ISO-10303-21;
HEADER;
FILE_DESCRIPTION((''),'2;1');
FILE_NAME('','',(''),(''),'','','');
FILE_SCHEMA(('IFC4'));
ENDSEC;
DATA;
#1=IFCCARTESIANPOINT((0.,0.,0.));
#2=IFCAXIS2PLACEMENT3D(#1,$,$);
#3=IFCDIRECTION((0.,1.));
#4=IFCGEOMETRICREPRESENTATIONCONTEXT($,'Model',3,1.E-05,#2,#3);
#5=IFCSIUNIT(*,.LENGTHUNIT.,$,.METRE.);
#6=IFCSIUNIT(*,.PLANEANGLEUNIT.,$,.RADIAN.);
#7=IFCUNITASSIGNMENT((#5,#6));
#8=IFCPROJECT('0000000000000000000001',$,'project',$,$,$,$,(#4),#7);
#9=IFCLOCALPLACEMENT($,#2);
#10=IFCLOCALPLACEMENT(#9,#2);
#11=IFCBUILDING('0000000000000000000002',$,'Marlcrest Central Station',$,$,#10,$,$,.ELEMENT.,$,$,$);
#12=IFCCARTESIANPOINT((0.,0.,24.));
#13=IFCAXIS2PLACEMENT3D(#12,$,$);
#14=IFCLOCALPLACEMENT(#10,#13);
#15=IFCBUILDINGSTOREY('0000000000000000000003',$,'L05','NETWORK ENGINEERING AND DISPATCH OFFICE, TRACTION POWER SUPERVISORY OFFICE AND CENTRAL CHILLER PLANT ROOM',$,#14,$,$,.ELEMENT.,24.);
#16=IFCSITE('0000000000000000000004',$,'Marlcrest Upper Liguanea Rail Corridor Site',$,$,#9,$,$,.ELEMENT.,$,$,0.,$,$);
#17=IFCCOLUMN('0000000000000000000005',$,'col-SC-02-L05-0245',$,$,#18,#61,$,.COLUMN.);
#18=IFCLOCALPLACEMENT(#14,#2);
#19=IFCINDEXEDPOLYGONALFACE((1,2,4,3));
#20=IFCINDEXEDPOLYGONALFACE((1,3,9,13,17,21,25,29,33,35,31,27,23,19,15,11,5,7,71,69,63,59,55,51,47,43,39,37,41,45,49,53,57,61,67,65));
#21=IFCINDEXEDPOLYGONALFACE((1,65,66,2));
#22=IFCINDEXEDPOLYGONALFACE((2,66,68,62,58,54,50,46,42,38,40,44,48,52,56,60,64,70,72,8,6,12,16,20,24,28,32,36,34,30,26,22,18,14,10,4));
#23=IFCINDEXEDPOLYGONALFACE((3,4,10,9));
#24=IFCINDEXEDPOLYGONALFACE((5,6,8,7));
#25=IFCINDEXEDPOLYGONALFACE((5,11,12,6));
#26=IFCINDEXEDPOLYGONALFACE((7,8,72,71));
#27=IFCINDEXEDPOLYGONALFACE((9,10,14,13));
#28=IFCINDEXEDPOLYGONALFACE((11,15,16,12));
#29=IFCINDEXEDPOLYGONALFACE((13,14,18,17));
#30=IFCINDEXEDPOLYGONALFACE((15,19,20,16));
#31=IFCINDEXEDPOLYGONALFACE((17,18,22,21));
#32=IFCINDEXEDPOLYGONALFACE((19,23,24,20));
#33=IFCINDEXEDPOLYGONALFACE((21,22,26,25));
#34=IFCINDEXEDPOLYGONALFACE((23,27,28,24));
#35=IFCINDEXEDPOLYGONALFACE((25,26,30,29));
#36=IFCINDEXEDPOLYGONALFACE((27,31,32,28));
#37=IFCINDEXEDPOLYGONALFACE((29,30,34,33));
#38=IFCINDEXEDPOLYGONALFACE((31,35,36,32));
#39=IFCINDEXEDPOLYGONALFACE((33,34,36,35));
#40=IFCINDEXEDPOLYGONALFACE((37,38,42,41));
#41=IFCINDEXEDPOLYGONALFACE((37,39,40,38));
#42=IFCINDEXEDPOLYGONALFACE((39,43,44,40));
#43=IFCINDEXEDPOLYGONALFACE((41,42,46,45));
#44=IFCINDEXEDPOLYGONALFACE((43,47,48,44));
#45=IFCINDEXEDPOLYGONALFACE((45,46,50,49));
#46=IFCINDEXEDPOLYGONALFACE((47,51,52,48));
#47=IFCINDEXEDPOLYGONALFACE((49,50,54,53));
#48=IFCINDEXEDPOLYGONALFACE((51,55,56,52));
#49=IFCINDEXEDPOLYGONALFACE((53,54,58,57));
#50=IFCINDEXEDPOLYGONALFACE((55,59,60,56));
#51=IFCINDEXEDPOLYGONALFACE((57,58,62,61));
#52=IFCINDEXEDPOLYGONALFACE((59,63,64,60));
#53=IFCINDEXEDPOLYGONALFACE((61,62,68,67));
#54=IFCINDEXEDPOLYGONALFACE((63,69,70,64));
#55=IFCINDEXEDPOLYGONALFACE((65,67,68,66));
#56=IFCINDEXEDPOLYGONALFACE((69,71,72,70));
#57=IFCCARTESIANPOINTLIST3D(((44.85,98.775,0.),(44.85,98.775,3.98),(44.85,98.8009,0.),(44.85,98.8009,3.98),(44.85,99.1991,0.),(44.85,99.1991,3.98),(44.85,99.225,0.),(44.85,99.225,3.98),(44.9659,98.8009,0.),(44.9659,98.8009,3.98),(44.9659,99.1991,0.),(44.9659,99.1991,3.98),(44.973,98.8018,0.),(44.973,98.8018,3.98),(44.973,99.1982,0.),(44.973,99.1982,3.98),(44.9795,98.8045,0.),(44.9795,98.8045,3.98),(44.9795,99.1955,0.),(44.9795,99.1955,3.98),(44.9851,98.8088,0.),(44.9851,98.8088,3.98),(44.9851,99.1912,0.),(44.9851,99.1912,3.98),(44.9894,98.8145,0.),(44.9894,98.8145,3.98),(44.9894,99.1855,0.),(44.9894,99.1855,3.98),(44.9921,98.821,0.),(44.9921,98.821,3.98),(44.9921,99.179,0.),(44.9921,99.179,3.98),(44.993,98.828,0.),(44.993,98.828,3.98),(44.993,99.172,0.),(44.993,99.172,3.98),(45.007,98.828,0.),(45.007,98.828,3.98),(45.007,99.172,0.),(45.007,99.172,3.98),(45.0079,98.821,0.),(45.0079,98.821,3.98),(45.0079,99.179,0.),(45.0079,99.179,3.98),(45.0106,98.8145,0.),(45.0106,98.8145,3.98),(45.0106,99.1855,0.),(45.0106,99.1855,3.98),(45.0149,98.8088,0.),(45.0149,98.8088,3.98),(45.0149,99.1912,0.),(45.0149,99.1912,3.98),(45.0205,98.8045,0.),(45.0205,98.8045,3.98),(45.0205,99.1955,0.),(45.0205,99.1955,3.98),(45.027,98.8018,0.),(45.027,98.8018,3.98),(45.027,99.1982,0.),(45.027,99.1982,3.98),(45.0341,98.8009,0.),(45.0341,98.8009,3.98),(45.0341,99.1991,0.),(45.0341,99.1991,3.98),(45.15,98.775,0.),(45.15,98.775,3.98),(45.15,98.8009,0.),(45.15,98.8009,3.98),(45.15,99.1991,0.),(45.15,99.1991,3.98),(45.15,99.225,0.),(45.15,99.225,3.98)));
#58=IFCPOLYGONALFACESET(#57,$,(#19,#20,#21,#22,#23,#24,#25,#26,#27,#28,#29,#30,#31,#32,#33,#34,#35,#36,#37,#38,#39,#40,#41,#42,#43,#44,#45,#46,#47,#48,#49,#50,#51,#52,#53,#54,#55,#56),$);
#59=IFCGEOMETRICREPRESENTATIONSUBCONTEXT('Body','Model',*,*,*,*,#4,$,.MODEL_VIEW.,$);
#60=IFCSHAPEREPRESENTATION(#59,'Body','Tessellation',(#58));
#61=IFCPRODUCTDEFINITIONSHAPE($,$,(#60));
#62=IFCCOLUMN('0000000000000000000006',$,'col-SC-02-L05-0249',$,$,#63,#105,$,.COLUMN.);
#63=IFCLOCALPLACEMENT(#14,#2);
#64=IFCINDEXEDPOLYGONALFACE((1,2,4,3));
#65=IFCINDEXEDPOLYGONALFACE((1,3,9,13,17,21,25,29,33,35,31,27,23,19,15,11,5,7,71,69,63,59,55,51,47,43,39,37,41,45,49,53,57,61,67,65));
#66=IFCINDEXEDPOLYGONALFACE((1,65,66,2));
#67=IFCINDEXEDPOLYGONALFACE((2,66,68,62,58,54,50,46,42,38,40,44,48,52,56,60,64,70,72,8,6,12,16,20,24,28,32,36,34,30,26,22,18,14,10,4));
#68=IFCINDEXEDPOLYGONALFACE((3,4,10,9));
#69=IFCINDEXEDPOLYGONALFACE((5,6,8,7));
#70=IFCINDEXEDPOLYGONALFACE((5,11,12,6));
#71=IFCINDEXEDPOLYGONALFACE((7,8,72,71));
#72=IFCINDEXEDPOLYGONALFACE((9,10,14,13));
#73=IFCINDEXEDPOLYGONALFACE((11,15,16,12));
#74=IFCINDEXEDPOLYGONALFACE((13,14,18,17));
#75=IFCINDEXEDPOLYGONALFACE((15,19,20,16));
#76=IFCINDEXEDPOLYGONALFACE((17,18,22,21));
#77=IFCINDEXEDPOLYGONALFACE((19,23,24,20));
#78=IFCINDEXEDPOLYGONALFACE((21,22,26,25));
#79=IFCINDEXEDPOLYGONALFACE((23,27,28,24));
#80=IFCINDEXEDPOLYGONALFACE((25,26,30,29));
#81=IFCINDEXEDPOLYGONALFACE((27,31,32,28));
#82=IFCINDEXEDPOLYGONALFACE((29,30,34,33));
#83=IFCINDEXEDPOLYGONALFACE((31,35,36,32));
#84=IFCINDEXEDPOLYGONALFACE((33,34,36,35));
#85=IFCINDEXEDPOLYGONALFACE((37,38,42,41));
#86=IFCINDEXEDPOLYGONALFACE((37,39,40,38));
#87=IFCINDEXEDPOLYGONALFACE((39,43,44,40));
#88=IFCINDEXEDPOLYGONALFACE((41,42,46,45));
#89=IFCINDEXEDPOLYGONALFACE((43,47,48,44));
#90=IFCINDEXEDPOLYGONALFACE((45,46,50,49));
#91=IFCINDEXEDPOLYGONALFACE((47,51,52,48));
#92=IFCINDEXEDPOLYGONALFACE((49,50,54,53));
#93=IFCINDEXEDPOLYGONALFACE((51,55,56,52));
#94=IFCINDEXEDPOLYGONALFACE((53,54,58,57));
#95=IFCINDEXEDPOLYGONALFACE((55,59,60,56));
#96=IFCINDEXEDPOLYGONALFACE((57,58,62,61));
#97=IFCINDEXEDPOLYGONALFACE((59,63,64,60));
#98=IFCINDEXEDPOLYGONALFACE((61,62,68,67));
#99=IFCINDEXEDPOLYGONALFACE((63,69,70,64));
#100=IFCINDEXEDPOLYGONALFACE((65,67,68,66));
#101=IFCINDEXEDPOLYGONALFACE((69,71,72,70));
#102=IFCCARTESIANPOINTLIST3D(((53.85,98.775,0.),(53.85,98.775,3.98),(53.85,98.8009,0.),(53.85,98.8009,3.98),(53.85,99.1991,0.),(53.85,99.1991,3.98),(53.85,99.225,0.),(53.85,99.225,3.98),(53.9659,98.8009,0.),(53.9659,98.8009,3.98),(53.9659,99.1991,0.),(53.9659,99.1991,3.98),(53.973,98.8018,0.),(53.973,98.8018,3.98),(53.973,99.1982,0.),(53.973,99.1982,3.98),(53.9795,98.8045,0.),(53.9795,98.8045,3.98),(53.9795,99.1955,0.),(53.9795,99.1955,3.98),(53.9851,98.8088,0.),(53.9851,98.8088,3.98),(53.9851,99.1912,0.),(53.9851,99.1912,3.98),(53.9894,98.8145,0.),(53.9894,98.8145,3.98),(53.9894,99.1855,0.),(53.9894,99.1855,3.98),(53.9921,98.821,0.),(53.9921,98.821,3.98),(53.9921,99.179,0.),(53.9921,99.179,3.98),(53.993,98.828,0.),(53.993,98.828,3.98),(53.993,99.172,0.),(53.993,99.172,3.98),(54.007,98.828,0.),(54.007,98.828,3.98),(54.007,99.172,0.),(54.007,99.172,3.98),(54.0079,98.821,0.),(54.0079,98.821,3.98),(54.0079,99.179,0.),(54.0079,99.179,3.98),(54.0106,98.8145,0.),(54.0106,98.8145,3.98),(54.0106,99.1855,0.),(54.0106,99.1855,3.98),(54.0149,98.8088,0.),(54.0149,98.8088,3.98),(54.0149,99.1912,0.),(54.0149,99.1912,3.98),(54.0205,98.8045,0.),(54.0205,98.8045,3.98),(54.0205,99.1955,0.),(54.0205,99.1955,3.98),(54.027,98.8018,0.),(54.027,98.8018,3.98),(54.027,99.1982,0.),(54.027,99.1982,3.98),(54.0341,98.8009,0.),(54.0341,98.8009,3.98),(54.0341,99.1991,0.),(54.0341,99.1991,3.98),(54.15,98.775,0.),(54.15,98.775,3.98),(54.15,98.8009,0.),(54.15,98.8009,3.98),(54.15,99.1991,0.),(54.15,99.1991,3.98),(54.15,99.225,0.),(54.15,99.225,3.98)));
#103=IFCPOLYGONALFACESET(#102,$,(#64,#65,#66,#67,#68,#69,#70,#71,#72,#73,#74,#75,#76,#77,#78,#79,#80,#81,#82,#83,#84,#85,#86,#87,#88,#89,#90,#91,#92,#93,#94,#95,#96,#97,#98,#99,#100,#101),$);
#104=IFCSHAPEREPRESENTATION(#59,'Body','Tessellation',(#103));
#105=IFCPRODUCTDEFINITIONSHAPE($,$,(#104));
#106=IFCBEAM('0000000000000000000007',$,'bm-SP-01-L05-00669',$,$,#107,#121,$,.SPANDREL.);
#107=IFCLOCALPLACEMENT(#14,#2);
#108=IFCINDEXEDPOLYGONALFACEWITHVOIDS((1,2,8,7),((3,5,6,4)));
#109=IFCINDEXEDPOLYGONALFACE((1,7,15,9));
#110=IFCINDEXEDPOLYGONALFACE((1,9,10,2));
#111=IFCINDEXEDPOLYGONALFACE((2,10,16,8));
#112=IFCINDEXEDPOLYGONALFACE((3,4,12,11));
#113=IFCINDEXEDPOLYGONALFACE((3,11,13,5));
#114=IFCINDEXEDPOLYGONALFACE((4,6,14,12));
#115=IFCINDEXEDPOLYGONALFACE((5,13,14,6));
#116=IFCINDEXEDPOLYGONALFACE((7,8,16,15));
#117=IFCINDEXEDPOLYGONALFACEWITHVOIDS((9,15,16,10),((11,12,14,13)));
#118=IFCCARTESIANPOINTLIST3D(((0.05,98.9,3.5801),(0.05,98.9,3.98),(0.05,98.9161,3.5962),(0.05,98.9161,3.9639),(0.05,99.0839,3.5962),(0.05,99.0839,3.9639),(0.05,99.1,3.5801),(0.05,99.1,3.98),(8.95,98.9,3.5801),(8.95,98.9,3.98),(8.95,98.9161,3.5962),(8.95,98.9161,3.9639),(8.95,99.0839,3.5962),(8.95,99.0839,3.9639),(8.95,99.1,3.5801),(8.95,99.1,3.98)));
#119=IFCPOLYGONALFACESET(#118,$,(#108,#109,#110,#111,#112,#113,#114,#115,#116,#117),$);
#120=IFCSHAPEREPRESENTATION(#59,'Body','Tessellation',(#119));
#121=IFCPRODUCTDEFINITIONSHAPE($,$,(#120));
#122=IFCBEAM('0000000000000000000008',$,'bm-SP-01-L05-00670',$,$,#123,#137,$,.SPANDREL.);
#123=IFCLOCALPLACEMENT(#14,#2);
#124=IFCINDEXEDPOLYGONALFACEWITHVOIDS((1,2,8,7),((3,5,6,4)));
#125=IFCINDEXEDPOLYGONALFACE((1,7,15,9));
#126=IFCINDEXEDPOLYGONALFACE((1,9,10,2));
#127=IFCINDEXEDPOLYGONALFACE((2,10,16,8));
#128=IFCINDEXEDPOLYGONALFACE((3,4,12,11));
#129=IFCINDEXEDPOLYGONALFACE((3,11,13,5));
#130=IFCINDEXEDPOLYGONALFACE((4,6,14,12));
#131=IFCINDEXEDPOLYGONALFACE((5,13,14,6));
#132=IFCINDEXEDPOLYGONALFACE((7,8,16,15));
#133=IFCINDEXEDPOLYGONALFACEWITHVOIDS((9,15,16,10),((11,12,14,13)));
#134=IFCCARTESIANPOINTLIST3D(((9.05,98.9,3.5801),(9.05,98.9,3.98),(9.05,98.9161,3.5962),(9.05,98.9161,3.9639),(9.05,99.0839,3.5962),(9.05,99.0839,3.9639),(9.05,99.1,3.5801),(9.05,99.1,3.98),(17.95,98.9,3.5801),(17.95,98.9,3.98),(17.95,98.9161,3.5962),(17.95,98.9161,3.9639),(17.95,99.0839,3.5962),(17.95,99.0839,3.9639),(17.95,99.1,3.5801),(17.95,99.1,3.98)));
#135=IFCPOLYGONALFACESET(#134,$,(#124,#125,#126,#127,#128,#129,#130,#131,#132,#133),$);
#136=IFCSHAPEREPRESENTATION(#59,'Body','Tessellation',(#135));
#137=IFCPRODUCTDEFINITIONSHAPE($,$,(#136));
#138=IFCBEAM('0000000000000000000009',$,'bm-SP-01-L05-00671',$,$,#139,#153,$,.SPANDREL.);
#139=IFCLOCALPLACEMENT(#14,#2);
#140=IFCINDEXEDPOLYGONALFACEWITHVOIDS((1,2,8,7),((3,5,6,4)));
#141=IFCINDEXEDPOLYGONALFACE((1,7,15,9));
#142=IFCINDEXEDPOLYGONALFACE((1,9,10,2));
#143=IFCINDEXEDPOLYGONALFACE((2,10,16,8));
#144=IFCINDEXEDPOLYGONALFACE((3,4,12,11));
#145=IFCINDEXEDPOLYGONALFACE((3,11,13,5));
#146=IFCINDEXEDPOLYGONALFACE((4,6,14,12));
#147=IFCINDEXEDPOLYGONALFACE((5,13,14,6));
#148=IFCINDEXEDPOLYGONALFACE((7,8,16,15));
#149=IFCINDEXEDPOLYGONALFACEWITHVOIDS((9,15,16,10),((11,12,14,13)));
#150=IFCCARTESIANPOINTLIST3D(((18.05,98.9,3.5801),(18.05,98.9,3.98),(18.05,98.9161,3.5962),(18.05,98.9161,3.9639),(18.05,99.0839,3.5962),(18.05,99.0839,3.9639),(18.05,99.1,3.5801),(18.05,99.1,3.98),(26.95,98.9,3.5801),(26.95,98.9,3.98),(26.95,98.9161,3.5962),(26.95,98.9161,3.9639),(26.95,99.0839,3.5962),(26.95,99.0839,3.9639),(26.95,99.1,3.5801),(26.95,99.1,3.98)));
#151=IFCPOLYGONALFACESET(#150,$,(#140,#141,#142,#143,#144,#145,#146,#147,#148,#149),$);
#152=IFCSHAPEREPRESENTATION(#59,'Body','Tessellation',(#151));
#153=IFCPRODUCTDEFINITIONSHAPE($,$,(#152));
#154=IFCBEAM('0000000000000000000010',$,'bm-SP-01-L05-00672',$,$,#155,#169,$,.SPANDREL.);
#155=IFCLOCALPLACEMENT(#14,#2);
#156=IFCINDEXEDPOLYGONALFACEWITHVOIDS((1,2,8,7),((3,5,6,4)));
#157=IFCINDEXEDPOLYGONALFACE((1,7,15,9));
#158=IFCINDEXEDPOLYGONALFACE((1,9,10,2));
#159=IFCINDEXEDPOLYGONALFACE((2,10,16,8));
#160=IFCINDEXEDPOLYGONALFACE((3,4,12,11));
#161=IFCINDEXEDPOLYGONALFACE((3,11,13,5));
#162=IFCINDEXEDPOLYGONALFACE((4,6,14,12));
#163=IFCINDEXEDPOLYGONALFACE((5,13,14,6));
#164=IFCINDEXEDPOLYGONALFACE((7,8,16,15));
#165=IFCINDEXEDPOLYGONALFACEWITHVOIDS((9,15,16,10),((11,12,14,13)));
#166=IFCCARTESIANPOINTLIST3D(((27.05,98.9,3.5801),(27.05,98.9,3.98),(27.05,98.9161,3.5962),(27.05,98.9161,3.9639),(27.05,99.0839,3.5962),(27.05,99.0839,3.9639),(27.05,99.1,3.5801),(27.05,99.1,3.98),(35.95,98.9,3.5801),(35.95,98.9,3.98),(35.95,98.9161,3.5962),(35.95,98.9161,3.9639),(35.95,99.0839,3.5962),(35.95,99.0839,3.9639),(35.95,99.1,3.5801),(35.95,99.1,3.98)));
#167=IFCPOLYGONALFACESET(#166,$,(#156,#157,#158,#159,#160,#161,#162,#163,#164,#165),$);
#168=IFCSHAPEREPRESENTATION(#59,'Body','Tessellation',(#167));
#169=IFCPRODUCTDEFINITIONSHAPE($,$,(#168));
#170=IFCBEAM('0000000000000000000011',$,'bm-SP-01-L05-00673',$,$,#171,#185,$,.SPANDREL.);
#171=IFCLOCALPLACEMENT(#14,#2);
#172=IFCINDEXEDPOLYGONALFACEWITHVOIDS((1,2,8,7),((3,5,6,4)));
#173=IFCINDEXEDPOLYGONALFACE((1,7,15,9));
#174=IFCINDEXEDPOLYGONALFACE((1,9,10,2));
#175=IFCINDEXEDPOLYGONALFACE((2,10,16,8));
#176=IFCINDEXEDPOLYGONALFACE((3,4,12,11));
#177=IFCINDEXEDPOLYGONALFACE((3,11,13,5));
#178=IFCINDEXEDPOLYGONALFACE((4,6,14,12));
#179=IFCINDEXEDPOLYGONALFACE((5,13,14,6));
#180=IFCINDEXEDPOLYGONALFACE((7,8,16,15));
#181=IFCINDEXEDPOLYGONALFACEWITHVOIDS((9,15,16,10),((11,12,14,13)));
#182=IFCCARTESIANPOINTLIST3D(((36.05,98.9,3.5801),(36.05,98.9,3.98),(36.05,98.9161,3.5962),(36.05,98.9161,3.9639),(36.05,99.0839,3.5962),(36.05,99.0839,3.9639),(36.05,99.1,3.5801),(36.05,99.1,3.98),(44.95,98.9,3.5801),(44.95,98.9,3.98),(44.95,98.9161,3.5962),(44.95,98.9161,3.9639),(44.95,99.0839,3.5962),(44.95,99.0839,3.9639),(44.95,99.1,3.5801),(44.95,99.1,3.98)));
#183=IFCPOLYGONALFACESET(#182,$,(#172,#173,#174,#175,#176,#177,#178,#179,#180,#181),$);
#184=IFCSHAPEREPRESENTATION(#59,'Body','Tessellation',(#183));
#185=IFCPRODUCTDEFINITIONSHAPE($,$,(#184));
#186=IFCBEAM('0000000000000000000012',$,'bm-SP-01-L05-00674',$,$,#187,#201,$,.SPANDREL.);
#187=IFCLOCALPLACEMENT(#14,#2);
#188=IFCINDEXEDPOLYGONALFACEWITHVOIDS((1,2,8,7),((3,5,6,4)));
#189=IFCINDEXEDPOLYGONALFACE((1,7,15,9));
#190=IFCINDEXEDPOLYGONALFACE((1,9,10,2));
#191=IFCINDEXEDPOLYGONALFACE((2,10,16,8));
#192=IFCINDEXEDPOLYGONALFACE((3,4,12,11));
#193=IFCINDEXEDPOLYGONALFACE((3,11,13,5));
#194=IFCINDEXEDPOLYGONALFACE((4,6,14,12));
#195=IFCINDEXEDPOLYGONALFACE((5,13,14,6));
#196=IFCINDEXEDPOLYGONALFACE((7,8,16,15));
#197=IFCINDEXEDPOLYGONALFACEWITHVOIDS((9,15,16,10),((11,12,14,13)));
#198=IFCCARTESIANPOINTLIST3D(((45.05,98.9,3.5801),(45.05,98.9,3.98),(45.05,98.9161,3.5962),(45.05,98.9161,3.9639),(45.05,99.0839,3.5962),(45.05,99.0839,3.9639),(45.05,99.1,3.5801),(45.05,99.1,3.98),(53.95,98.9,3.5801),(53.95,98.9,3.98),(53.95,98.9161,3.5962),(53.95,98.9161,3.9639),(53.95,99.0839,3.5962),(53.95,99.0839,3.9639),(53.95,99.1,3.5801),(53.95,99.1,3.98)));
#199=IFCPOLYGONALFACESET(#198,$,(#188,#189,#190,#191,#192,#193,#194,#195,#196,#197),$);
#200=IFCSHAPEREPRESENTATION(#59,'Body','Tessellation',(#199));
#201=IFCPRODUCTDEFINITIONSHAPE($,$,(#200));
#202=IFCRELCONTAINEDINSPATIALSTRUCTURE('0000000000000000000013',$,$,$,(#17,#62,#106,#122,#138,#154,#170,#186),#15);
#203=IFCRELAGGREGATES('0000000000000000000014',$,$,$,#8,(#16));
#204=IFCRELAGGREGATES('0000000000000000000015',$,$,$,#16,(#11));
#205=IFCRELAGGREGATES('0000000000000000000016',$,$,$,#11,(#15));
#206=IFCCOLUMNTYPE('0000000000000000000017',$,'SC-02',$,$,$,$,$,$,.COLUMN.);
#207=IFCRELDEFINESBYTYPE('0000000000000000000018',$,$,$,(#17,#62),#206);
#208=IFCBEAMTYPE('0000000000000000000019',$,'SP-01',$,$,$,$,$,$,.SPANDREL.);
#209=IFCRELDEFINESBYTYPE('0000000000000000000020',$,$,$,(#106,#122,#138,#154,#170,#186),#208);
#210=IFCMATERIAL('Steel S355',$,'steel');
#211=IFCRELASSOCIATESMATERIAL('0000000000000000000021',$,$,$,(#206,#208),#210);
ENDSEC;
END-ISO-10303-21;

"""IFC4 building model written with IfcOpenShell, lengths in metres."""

from ifc_helpers import new_model, si_unit, direction, frame, origin, origin_2d, place, context, subcontext, project, spatial, hollow_rectangle, i_section, extrude, material, material_profile, profile_set, type_object, element, save


model = new_model("IFC4")

# Units and contexts
model_context = context("Model", 3, precision=1e-05, world=origin(), true_north=direction((0.0, 1.0)))
body_context = subcontext(model_context, "Body", "Model", "MODEL_VIEW")
ifc_project = project(units=[si_unit("LENGTHUNIT", "METRE"), si_unit("PLANEANGLEUNIT", "RADIAN")], contexts=[model_context])

# Site, building, storey
site_placement = place(None, origin())
site = spatial("IfcSite", under=ifc_project, at=site_placement, Name="Marlcrest Upper Liguanea Rail Corridor Site", CompositionType="ELEMENT", RefElevation=0.0)
building_placement = place(site_placement, origin())
building = spatial("IfcBuilding", under=site, at=building_placement, Name="Marlcrest Central Station", CompositionType="ELEMENT")
storey_placement = place(building_placement, frame((0.0, 0.0, 24.0)))
storey = spatial("IfcBuildingStorey", under=building, at=storey_placement, Name="L05", Description="NETWORK ENGINEERING AND DISPATCH OFFICE, TRACTION POWER SUPERVISORY OFFICE AND CENTRAL CHILLER PLANT ROOM", CompositionType="ELEMENT", Elevation=24.0)

# Columns
ifc_material_1 = material(Name="Steel S355", Category="steel")
ifc_material_profile_1 = material_profile(ifc_material_1, i_section(OverallWidth=0.3, OverallDepth=0.45, WebThickness=0.0139, FlangeThickness=0.0259, FilletRadius=0.0271, at=origin_2d()), Name="HEB 450")
ifc_profile_set_1 = profile_set([ifc_material_profile_1], Name="Steel S355")
column_type = type_object("IfcColumnType", Name="SC-02", PredefinedType="COLUMN", material=ifc_profile_set_1)
for number, where, z_axis, x_axis, name in (
    (1, (45.0, 99.0, 0.0), (0.0, 0.0, 1.0), (1.0, 0.0, 0.0), "col-SC-02-L05-0245"),
    (2, (54.0, 99.0, 0.0), (0.0, 0.0, 1.0), (1.0, 0.0, 0.0), "col-SC-02-L05-0249"),
):
    element("IfcColumn", number, at=place(storey_placement, frame(where, z_axis=z_axis, x_axis=x_axis)), inside=storey, type_object=column_type, Name=name, PredefinedType="COLUMN", context=body_context, shape_type="SweptSolid", body=[
        extrude(i_section(OverallWidth=0.3, OverallDepth=0.45, WebThickness=0.0139, FlangeThickness=0.0259, FilletRadius=0.0271, at=origin_2d()), origin(), (0.0, 0.0, 1.0), 3.98),
    ])

# Beams
ifc_material_profile_2 = material_profile(ifc_material_1, hollow_rectangle(XDim=0.2, YDim=0.3999, WallThickness=0.0161, at=origin_2d()), Name="RHS 400x200x16")
ifc_profile_set_2 = profile_set([ifc_material_profile_2], Name="Steel S355")
beam_type = type_object("IfcBeamType", Name="SP-01", PredefinedType="SPANDREL", material=ifc_profile_set_2)
for number, where, z_axis, x_axis, name in (
    (3, (0.05, 99.0, 3.78), (1.0, 0.0, 0.0), (0.0, 1.0, 0.0), "bm-SP-01-L05-00669"),
    (4, (9.05, 99.0, 3.78), (1.0, 0.0, 0.0), (0.0, 1.0, 0.0), "bm-SP-01-L05-00670"),
    (5, (18.05, 99.0, 3.78), (1.0, 0.0, 0.0), (0.0, 1.0, 0.0), "bm-SP-01-L05-00671"),
    (6, (27.05, 99.0, 3.78), (1.0, 0.0, 0.0), (0.0, 1.0, 0.0), "bm-SP-01-L05-00672"),
    (7, (36.05, 99.0, 3.78), (1.0, 0.0, 0.0), (0.0, 1.0, 0.0), "bm-SP-01-L05-00673"),
    (8, (45.05, 99.0, 3.78), (1.0, 0.0, 0.0), (0.0, 1.0, 0.0), "bm-SP-01-L05-00674"),
):
    element("IfcBeam", number, at=place(storey_placement, frame(where, z_axis=z_axis, x_axis=x_axis)), inside=storey, type_object=beam_type, Name=name, PredefinedType="SPANDREL", context=body_context, shape_type="SweptSolid", body=[
        extrude(hollow_rectangle(XDim=0.2, YDim=0.3999, WallThickness=0.0161, at=origin_2d()), origin(), (0.0, 0.0, 1.0), 8.8999),
    ])

save(model, "model.ifc")
